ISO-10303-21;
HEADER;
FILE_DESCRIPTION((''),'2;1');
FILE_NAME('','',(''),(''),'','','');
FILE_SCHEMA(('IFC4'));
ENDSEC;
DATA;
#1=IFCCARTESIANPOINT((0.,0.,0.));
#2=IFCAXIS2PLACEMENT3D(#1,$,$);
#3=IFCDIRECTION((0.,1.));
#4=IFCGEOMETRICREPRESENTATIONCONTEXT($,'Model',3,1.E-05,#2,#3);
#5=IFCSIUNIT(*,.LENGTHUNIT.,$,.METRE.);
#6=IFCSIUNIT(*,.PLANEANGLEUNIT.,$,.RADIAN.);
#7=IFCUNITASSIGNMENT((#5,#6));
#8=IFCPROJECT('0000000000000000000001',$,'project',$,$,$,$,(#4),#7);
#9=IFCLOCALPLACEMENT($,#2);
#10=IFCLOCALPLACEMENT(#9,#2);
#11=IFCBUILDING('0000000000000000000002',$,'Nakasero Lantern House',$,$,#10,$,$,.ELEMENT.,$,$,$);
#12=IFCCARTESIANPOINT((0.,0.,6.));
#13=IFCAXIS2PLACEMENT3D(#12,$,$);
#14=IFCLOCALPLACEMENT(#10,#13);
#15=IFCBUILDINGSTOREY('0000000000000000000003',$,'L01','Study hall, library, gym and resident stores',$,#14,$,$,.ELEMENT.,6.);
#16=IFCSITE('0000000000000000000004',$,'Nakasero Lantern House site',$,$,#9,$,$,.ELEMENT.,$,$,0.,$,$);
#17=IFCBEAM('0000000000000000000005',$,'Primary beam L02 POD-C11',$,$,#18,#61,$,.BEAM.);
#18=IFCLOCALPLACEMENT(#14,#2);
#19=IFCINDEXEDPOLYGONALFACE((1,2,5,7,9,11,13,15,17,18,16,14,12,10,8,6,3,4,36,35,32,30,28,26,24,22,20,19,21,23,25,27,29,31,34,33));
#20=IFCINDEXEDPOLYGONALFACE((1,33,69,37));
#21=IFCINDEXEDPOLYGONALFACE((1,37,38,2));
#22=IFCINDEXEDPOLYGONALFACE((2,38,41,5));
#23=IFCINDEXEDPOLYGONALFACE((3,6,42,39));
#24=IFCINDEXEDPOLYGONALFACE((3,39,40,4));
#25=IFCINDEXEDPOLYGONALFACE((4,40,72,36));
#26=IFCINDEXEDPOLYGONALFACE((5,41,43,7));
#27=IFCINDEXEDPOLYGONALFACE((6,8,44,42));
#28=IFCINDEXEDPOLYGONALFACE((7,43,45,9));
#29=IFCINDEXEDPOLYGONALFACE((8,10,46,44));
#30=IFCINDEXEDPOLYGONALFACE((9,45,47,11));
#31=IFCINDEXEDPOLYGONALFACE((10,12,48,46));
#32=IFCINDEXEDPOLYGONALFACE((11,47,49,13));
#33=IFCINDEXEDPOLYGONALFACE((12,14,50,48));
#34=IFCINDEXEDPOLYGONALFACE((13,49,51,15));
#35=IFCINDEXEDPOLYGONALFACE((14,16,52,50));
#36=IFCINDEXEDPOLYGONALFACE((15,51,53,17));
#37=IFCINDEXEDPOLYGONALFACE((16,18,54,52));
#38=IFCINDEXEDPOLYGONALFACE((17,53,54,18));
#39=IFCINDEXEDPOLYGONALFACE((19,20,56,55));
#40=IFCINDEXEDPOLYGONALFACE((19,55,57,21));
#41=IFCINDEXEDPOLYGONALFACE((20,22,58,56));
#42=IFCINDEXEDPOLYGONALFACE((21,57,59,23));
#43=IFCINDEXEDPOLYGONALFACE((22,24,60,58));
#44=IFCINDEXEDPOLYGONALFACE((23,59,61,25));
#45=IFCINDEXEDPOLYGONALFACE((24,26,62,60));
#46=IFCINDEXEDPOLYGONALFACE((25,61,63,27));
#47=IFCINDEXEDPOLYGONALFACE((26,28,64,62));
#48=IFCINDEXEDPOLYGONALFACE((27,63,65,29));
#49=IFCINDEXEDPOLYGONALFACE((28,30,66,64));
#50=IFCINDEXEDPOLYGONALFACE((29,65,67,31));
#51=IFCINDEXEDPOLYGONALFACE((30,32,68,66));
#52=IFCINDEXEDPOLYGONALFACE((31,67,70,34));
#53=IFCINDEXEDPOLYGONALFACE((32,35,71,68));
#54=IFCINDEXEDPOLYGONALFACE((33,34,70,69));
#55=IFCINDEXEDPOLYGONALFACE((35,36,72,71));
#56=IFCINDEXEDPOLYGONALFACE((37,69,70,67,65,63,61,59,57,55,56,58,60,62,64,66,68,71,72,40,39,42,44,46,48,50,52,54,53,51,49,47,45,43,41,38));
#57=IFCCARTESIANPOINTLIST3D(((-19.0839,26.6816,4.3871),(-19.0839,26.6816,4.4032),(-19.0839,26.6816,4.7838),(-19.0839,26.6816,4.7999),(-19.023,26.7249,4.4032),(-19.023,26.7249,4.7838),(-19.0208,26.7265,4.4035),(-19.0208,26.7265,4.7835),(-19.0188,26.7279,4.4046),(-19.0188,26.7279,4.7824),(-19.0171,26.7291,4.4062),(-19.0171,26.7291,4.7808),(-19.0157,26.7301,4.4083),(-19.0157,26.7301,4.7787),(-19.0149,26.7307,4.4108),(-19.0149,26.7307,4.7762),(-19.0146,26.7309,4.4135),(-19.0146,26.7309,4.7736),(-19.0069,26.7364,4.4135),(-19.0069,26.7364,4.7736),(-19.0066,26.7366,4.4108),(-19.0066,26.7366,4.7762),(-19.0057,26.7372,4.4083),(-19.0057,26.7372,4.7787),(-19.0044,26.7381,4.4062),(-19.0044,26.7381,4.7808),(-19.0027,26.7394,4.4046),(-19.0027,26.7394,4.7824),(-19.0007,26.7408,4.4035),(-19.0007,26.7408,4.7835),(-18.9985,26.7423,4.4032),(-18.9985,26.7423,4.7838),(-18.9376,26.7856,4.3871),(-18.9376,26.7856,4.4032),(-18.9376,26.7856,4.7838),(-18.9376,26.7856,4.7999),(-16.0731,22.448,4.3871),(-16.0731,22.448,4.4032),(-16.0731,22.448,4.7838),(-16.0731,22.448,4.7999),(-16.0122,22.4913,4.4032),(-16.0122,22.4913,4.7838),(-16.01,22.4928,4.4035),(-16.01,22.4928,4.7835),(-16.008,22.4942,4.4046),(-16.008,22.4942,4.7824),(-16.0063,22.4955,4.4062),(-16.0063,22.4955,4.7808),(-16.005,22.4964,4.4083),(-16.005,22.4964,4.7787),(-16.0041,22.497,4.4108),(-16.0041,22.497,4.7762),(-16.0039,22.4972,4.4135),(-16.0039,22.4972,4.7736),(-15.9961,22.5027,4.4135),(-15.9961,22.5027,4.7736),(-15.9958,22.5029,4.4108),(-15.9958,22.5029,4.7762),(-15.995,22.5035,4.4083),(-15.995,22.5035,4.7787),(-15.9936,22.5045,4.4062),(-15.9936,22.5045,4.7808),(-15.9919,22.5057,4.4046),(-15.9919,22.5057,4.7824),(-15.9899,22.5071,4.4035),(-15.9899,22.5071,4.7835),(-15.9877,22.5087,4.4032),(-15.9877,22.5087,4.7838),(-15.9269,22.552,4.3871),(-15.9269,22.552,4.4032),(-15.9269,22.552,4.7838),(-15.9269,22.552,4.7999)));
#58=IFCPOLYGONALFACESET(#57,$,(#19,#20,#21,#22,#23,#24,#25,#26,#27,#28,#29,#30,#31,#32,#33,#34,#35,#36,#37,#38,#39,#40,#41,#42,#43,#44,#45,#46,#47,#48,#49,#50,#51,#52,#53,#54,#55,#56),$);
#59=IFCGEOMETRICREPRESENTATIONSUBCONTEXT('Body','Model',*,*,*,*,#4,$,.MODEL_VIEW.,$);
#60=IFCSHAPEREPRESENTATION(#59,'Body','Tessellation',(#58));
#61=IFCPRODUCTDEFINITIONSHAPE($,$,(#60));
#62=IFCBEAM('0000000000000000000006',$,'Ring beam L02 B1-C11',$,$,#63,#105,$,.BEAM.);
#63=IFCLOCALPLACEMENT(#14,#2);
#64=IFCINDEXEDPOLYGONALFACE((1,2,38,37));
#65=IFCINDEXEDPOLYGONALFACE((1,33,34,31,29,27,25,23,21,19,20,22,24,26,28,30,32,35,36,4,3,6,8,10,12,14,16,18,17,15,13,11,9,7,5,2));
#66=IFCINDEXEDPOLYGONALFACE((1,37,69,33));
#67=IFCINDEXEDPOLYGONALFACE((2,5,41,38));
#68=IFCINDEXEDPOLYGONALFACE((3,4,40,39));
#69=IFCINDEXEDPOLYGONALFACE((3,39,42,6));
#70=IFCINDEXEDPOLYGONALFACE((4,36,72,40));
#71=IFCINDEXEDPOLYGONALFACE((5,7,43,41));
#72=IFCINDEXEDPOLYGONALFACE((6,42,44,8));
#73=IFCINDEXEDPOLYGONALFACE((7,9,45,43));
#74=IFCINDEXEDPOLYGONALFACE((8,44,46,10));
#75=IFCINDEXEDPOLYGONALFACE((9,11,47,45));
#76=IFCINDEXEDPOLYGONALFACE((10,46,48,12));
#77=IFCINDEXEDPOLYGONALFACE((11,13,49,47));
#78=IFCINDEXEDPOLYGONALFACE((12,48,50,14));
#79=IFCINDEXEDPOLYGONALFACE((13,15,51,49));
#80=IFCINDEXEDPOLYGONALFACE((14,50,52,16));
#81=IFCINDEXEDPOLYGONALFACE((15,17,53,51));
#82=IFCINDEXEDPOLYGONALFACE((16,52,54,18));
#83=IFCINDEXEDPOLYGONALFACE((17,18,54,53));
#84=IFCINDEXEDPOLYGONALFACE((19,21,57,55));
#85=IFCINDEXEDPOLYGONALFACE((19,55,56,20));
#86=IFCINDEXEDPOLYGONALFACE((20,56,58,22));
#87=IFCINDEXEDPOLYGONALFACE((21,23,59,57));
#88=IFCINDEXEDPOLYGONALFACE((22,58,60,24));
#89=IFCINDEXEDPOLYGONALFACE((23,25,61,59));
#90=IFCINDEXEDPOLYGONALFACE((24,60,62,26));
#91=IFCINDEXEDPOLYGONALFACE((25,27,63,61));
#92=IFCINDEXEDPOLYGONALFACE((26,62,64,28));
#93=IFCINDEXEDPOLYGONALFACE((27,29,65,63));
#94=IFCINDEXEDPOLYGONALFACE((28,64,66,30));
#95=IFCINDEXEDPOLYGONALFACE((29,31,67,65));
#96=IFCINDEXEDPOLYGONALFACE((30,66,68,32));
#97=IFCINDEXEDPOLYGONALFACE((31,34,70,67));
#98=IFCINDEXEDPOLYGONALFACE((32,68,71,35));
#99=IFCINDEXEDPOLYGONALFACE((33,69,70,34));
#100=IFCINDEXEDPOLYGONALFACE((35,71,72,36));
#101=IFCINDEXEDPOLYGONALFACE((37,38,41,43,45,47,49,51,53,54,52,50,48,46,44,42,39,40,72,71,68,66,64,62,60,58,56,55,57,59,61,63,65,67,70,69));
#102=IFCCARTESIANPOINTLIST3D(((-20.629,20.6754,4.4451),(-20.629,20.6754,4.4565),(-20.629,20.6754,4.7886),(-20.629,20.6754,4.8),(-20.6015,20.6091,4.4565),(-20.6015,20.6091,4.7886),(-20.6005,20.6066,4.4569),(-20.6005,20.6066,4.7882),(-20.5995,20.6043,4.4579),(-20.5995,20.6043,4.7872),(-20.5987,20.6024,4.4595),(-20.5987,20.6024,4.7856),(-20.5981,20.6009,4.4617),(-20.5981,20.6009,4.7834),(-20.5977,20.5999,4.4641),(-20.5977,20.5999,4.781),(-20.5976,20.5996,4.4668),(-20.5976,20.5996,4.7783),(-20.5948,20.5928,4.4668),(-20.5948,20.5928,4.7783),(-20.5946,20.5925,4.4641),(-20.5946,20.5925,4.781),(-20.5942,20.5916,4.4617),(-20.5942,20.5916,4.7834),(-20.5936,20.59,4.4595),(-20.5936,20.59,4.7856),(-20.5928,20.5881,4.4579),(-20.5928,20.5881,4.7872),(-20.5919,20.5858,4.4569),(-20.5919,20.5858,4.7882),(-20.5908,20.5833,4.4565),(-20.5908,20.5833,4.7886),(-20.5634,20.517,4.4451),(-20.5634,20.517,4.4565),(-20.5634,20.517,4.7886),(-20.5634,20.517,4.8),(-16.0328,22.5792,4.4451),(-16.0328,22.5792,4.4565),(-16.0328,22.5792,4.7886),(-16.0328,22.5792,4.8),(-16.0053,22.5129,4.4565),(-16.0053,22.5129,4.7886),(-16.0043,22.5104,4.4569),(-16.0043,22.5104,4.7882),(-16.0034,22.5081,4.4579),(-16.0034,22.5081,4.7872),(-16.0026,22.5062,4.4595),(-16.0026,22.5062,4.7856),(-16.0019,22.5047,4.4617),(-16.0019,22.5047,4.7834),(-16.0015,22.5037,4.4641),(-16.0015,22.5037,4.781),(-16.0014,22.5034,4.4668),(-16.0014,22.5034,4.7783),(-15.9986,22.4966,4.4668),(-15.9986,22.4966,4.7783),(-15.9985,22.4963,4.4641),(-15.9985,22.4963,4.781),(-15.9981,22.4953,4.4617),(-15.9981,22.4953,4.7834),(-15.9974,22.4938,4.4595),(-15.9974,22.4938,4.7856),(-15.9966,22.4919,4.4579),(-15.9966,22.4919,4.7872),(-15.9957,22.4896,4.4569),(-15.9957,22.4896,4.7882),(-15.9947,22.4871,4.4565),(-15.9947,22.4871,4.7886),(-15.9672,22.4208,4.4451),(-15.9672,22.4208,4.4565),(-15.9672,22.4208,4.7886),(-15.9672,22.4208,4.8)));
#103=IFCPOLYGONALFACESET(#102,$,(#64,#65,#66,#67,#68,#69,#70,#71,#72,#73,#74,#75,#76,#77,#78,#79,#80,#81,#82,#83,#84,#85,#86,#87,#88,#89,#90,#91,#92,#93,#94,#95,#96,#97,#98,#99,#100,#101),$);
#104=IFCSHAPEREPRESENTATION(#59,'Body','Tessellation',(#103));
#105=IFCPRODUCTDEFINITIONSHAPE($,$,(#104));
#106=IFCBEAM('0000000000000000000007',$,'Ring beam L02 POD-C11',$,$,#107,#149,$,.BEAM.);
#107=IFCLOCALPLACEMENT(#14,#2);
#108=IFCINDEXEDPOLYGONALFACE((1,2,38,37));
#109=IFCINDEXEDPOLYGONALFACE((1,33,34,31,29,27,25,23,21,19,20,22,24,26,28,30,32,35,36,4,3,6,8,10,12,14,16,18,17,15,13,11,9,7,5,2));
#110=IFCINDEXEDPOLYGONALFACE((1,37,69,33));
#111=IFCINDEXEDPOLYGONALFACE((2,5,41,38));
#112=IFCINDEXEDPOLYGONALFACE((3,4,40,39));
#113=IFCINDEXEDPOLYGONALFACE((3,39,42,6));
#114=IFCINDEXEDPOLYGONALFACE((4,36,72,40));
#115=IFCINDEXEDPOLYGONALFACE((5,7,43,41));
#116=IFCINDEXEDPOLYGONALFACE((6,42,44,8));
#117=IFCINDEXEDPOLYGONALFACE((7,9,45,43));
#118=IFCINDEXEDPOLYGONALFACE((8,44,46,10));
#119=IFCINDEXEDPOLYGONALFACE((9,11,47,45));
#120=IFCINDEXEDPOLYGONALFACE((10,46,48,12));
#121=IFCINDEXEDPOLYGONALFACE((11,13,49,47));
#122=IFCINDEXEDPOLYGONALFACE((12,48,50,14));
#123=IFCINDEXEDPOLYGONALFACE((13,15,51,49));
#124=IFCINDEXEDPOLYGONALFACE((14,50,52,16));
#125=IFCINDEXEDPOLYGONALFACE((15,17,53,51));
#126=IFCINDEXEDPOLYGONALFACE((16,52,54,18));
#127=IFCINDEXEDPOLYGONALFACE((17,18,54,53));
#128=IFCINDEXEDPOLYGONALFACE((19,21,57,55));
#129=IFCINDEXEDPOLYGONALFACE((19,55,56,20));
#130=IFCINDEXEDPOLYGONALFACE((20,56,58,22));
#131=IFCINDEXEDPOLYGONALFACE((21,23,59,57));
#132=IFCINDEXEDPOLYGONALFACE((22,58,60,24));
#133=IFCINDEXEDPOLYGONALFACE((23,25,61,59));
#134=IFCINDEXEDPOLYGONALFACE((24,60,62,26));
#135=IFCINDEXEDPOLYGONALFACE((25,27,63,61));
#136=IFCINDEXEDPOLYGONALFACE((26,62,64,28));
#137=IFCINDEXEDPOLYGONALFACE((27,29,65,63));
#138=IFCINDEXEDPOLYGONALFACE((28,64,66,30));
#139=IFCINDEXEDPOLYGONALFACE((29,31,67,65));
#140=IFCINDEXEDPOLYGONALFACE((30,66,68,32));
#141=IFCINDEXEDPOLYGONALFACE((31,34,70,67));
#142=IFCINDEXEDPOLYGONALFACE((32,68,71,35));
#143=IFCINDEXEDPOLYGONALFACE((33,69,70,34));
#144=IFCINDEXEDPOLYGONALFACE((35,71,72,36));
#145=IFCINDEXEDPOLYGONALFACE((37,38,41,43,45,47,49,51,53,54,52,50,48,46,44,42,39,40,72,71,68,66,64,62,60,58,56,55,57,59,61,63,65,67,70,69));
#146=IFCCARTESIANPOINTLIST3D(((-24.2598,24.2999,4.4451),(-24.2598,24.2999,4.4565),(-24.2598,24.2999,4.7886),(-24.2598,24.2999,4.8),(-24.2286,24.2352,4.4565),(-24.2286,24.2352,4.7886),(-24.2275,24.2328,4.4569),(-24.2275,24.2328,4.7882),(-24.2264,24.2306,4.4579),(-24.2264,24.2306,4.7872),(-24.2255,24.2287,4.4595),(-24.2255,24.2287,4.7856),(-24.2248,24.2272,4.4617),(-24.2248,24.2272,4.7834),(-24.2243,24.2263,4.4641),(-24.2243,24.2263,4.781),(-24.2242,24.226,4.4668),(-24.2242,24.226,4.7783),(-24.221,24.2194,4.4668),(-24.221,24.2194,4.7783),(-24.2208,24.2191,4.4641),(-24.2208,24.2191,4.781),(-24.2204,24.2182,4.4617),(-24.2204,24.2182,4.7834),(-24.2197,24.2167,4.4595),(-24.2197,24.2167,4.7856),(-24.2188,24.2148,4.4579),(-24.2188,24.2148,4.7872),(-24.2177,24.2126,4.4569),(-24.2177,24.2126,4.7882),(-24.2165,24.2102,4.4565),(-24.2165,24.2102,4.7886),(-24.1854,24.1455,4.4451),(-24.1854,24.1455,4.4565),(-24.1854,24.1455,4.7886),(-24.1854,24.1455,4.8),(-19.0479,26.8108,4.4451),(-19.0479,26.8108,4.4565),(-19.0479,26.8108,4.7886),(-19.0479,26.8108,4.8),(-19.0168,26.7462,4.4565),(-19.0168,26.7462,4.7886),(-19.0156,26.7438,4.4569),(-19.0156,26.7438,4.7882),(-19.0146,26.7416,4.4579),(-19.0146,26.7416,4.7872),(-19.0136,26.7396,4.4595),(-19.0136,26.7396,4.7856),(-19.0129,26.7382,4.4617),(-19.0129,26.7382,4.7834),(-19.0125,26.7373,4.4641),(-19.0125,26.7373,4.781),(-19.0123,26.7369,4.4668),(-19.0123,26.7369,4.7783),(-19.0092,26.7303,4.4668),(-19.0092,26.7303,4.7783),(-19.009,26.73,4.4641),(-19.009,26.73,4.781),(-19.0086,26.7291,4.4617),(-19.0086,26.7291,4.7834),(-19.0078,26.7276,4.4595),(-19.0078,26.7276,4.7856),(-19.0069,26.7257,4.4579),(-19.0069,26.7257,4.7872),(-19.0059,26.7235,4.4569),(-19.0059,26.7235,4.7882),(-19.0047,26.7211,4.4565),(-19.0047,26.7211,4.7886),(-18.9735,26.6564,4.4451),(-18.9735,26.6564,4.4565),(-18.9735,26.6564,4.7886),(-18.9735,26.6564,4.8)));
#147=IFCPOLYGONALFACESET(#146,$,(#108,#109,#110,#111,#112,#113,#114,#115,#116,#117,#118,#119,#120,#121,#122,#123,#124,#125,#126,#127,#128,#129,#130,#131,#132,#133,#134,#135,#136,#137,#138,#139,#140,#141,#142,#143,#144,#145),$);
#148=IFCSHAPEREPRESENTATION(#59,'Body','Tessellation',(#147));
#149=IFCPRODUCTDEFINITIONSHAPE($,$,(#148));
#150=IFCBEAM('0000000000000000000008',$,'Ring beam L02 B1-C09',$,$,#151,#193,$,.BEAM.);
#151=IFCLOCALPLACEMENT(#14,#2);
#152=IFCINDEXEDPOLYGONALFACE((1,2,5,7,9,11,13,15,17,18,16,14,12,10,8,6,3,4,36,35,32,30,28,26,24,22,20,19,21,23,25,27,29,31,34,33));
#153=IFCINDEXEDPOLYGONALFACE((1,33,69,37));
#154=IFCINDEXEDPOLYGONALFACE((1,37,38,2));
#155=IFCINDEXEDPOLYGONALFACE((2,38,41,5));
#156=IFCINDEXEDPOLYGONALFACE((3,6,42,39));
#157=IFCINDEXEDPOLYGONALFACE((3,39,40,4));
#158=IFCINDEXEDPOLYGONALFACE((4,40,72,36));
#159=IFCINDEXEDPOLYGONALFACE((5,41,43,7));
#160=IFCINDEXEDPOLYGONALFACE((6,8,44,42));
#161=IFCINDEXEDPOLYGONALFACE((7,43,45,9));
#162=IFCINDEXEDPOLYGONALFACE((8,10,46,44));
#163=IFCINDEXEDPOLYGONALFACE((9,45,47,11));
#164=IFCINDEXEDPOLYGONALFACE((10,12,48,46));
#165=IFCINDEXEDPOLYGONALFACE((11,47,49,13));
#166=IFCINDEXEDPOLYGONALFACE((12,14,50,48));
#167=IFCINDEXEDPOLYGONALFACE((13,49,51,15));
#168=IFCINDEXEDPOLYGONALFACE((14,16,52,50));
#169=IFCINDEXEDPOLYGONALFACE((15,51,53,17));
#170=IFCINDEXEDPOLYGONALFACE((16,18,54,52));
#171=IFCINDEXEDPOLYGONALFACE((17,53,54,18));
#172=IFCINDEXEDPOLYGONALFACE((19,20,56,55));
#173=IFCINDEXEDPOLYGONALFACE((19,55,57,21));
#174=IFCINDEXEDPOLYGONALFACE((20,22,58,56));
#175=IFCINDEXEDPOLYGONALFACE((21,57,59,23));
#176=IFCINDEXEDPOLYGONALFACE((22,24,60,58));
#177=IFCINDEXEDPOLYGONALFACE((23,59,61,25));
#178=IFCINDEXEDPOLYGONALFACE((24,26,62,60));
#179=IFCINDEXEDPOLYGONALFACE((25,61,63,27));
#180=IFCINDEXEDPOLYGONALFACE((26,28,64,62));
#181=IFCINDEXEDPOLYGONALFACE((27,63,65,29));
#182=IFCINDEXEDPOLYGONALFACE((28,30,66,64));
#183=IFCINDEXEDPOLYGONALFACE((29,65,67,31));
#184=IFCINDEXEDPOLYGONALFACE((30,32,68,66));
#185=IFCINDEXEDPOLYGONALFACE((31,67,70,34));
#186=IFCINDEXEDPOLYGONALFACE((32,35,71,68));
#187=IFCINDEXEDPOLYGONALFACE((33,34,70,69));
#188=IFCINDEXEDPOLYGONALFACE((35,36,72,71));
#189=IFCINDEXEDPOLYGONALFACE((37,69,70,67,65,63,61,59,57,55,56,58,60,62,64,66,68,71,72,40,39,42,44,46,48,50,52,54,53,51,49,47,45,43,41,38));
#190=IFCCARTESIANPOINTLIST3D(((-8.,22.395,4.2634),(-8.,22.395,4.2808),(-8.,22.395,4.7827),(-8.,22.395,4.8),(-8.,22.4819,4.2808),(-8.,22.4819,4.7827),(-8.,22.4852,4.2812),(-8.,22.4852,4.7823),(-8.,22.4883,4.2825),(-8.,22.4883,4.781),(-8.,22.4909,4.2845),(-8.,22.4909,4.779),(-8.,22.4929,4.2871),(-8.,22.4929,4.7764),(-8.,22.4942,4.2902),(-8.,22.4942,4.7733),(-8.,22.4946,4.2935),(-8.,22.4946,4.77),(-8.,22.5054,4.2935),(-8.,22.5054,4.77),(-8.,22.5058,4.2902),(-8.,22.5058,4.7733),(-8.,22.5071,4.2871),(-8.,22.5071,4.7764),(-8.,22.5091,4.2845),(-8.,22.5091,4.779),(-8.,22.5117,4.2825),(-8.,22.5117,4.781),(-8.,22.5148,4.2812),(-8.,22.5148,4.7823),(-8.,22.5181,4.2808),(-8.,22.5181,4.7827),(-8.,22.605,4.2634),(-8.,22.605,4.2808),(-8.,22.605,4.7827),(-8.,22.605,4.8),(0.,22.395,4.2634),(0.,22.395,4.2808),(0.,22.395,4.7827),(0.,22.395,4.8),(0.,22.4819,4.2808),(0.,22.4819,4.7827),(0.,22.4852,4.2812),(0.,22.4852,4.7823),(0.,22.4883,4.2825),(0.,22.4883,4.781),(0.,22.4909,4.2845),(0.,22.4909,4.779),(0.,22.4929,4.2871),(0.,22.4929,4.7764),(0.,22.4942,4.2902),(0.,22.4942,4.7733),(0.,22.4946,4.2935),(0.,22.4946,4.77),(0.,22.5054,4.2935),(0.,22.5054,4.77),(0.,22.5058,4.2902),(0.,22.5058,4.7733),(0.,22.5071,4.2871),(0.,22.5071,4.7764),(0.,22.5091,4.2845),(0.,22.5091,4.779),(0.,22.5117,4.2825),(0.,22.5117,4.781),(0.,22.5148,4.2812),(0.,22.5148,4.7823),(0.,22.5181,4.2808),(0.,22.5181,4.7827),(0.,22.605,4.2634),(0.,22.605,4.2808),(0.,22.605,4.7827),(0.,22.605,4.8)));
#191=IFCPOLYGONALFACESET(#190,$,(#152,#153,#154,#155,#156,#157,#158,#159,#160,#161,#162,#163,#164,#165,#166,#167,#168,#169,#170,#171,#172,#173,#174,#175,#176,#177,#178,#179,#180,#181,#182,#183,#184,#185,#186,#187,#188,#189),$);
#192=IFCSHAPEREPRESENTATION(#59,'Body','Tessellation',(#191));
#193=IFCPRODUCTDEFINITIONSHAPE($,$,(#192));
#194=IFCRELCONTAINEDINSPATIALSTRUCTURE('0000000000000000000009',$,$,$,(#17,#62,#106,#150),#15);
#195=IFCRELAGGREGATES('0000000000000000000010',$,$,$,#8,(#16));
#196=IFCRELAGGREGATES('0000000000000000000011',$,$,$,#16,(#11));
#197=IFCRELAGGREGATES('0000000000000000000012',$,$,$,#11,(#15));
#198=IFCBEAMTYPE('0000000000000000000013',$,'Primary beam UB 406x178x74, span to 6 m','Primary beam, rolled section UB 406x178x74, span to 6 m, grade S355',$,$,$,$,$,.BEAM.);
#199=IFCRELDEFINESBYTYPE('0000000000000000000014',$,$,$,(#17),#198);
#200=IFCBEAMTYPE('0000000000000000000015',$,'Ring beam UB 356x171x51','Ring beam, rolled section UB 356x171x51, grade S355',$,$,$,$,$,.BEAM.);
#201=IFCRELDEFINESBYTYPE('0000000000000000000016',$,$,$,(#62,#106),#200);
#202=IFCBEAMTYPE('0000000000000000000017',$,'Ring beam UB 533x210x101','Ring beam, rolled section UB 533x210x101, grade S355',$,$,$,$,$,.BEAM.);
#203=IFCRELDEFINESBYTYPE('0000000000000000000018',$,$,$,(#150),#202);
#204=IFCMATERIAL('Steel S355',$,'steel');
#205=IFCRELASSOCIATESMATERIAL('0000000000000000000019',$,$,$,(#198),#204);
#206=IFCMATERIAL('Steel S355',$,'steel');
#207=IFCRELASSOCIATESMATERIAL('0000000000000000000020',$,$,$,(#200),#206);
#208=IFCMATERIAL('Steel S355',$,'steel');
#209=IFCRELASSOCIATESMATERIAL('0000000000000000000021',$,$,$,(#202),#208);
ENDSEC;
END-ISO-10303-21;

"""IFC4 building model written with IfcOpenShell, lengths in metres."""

from ifc_helpers import new_model, si_unit, direction, frame, origin, origin_2d, place, context, subcontext, project, spatial, i_section, extrude, material, material_profile, profile_set, type_object, element, save


model = new_model("IFC4")

# Units and contexts
model_context = context("Model", 3, precision=1e-05, world=origin(), true_north=direction((0.0, 1.0)))
body_context = subcontext(model_context, "Body", "Model", "MODEL_VIEW")
ifc_project = project(units=[si_unit("LENGTHUNIT", "METRE"), si_unit("PLANEANGLEUNIT", "RADIAN")], contexts=[model_context])

# Site, building, storey
site_placement = place(None, origin())
site = spatial("IfcSite", under=ifc_project, at=site_placement, Name="Nakasero Lantern House site", CompositionType="ELEMENT", RefElevation=0.0)
building_placement = place(site_placement, origin())
building = spatial("IfcBuilding", under=site, at=building_placement, Name="Nakasero Lantern House", CompositionType="ELEMENT")
storey_placement = place(building_placement, frame((0.0, 0.0, 6.0)))
storey = spatial("IfcBuildingStorey", under=building, at=storey_placement, Name="L01", Description="Study hall, library, gym and resident stores", CompositionType="ELEMENT", Elevation=6.0)

# Beams
ifc_material_1 = material(Name="Steel S355", Category="steel")
ifc_material_profile_1 = material_profile(ifc_material_1, i_section(OverallWidth=0.1794, OverallDepth=0.4128, WebThickness=0.0095, FlangeThickness=0.0161, FilletRadius=0.0103, at=origin_2d()), Name="UB 406x178x74")
ifc_profile_set_1 = profile_set([ifc_material_profile_1], Name="Steel S355")
beam_type_1 = type_object("IfcBeamType", Name="Primary beam UB 406x178x74, span to 6 m", Description="Primary beam, rolled section UB 406x178x74, span to 6 m, grade S355", PredefinedType="BEAM", material=ifc_profile_set_1)
beam_1_placement = place(storey_placement, frame((-19.0107, 26.7336, 4.5935), z_axis=(0.579543, -0.814942, 0.0), x_axis=(0.814942, 0.579543, 0.0)))
element("IfcBeam", 1, at=beam_1_placement, inside=storey, type_object=beam_type_1, Name="Primary beam L02 POD-C11", PredefinedType="BEAM", context=body_context, shape_type="SweptSolid", body=[
    extrude(i_section(OverallWidth=0.1794, OverallDepth=0.4128, WebThickness=0.0095, FlangeThickness=0.0161, FilletRadius=0.0103, at=origin_2d()), origin(), (0.0, 0.0, 1.0), 5.1951),
])
ifc_material_2 = material(Name="Steel S355", Category="steel")
ifc_material_profile_2 = material_profile(ifc_material_2, i_section(OverallWidth=0.1714, OverallDepth=0.355, WebThickness=0.0073, FlangeThickness=0.0115, FilletRadius=0.0103, at=origin_2d()), Name="UB 356x171x51")
ifc_profile_set_2 = profile_set([ifc_material_profile_2], Name="Steel S355")
beam_type_2 = type_object("IfcBeamType", Name="Ring beam UB 356x171x51", Description="Ring beam, rolled section UB 356x171x51, grade S355", PredefinedType="BEAM", material=ifc_profile_set_2)
beam_2_placement = place(storey_placement, frame((-16.0, 22.5, 4.6226), z_axis=(-0.923879, -0.382684, 0.0), x_axis=(0.382684, -0.923879, 0.0)))
element("IfcBeam", 2, at=beam_2_placement, inside=storey, type_object=beam_type_2, Name="Ring beam L02 B1-C11", PredefinedType="BEAM", context=body_context, shape_type="SweptSolid", body=[
    extrude(i_section(OverallWidth=0.1714, OverallDepth=0.355, WebThickness=0.0073, FlangeThickness=0.0115, FilletRadius=0.0103, at=origin_2d()), origin(), (0.0, 0.0, 1.0), 4.9749),
])
beam_3_placement = place(storey_placement, frame((-19.0107, 26.7336, 4.6226), z_axis=(-0.900897, -0.434033, 0.0), x_axis=(0.434033, -0.900897, 0.0)))
element("IfcBeam", 3, at=beam_3_placement, inside=storey, type_object=beam_type_2, Name="Ring beam L02 POD-C11", PredefinedType="BEAM", context=body_context, shape_type="SweptSolid", body=[
    extrude(i_section(OverallWidth=0.1714, OverallDepth=0.355, WebThickness=0.0073, FlangeThickness=0.0115, FilletRadius=0.0103, at=origin_2d()), origin(), (0.0, 0.0, 1.0), 5.7852),
])
ifc_material_3 = material(Name="Steel S355", Category="steel")
ifc_material_profile_3 = material_profile(ifc_material_3, i_section(OverallWidth=0.21, OverallDepth=0.5366, WebThickness=0.0107, FlangeThickness=0.0173, FilletRadius=0.0127, at=origin_2d()), Name="UB 533x210x101")
ifc_profile_set_3 = profile_set([ifc_material_profile_3], Name="Steel S355")
beam_type_3 = type_object("IfcBeamType", Name="Ring beam UB 533x210x101", Description="Ring beam, rolled section UB 533x210x101, grade S355", PredefinedType="BEAM", material=ifc_profile_set_3)
for number, where, z_axis, x_axis, name in (
    (4, (0.0, 22.5, 4.5317), (-1.0, 0.0, 0.0), (0.0, -1.0, 0.0), "Ring beam L02 B1-C09"),
):
    element("IfcBeam", number, at=place(storey_placement, frame(where, z_axis=z_axis, x_axis=x_axis)), inside=storey, type_object=beam_type_3, Name=name, PredefinedType="BEAM", context=body_context, shape_type="SweptSolid", body=[
        extrude(i_section(OverallWidth=0.21, OverallDepth=0.5366, WebThickness=0.0107, FlangeThickness=0.0173, FilletRadius=0.0127, at=origin_2d()), origin(), (0.0, 0.0, 1.0), 8.0),
    ])

save(model, "model.ifc")
